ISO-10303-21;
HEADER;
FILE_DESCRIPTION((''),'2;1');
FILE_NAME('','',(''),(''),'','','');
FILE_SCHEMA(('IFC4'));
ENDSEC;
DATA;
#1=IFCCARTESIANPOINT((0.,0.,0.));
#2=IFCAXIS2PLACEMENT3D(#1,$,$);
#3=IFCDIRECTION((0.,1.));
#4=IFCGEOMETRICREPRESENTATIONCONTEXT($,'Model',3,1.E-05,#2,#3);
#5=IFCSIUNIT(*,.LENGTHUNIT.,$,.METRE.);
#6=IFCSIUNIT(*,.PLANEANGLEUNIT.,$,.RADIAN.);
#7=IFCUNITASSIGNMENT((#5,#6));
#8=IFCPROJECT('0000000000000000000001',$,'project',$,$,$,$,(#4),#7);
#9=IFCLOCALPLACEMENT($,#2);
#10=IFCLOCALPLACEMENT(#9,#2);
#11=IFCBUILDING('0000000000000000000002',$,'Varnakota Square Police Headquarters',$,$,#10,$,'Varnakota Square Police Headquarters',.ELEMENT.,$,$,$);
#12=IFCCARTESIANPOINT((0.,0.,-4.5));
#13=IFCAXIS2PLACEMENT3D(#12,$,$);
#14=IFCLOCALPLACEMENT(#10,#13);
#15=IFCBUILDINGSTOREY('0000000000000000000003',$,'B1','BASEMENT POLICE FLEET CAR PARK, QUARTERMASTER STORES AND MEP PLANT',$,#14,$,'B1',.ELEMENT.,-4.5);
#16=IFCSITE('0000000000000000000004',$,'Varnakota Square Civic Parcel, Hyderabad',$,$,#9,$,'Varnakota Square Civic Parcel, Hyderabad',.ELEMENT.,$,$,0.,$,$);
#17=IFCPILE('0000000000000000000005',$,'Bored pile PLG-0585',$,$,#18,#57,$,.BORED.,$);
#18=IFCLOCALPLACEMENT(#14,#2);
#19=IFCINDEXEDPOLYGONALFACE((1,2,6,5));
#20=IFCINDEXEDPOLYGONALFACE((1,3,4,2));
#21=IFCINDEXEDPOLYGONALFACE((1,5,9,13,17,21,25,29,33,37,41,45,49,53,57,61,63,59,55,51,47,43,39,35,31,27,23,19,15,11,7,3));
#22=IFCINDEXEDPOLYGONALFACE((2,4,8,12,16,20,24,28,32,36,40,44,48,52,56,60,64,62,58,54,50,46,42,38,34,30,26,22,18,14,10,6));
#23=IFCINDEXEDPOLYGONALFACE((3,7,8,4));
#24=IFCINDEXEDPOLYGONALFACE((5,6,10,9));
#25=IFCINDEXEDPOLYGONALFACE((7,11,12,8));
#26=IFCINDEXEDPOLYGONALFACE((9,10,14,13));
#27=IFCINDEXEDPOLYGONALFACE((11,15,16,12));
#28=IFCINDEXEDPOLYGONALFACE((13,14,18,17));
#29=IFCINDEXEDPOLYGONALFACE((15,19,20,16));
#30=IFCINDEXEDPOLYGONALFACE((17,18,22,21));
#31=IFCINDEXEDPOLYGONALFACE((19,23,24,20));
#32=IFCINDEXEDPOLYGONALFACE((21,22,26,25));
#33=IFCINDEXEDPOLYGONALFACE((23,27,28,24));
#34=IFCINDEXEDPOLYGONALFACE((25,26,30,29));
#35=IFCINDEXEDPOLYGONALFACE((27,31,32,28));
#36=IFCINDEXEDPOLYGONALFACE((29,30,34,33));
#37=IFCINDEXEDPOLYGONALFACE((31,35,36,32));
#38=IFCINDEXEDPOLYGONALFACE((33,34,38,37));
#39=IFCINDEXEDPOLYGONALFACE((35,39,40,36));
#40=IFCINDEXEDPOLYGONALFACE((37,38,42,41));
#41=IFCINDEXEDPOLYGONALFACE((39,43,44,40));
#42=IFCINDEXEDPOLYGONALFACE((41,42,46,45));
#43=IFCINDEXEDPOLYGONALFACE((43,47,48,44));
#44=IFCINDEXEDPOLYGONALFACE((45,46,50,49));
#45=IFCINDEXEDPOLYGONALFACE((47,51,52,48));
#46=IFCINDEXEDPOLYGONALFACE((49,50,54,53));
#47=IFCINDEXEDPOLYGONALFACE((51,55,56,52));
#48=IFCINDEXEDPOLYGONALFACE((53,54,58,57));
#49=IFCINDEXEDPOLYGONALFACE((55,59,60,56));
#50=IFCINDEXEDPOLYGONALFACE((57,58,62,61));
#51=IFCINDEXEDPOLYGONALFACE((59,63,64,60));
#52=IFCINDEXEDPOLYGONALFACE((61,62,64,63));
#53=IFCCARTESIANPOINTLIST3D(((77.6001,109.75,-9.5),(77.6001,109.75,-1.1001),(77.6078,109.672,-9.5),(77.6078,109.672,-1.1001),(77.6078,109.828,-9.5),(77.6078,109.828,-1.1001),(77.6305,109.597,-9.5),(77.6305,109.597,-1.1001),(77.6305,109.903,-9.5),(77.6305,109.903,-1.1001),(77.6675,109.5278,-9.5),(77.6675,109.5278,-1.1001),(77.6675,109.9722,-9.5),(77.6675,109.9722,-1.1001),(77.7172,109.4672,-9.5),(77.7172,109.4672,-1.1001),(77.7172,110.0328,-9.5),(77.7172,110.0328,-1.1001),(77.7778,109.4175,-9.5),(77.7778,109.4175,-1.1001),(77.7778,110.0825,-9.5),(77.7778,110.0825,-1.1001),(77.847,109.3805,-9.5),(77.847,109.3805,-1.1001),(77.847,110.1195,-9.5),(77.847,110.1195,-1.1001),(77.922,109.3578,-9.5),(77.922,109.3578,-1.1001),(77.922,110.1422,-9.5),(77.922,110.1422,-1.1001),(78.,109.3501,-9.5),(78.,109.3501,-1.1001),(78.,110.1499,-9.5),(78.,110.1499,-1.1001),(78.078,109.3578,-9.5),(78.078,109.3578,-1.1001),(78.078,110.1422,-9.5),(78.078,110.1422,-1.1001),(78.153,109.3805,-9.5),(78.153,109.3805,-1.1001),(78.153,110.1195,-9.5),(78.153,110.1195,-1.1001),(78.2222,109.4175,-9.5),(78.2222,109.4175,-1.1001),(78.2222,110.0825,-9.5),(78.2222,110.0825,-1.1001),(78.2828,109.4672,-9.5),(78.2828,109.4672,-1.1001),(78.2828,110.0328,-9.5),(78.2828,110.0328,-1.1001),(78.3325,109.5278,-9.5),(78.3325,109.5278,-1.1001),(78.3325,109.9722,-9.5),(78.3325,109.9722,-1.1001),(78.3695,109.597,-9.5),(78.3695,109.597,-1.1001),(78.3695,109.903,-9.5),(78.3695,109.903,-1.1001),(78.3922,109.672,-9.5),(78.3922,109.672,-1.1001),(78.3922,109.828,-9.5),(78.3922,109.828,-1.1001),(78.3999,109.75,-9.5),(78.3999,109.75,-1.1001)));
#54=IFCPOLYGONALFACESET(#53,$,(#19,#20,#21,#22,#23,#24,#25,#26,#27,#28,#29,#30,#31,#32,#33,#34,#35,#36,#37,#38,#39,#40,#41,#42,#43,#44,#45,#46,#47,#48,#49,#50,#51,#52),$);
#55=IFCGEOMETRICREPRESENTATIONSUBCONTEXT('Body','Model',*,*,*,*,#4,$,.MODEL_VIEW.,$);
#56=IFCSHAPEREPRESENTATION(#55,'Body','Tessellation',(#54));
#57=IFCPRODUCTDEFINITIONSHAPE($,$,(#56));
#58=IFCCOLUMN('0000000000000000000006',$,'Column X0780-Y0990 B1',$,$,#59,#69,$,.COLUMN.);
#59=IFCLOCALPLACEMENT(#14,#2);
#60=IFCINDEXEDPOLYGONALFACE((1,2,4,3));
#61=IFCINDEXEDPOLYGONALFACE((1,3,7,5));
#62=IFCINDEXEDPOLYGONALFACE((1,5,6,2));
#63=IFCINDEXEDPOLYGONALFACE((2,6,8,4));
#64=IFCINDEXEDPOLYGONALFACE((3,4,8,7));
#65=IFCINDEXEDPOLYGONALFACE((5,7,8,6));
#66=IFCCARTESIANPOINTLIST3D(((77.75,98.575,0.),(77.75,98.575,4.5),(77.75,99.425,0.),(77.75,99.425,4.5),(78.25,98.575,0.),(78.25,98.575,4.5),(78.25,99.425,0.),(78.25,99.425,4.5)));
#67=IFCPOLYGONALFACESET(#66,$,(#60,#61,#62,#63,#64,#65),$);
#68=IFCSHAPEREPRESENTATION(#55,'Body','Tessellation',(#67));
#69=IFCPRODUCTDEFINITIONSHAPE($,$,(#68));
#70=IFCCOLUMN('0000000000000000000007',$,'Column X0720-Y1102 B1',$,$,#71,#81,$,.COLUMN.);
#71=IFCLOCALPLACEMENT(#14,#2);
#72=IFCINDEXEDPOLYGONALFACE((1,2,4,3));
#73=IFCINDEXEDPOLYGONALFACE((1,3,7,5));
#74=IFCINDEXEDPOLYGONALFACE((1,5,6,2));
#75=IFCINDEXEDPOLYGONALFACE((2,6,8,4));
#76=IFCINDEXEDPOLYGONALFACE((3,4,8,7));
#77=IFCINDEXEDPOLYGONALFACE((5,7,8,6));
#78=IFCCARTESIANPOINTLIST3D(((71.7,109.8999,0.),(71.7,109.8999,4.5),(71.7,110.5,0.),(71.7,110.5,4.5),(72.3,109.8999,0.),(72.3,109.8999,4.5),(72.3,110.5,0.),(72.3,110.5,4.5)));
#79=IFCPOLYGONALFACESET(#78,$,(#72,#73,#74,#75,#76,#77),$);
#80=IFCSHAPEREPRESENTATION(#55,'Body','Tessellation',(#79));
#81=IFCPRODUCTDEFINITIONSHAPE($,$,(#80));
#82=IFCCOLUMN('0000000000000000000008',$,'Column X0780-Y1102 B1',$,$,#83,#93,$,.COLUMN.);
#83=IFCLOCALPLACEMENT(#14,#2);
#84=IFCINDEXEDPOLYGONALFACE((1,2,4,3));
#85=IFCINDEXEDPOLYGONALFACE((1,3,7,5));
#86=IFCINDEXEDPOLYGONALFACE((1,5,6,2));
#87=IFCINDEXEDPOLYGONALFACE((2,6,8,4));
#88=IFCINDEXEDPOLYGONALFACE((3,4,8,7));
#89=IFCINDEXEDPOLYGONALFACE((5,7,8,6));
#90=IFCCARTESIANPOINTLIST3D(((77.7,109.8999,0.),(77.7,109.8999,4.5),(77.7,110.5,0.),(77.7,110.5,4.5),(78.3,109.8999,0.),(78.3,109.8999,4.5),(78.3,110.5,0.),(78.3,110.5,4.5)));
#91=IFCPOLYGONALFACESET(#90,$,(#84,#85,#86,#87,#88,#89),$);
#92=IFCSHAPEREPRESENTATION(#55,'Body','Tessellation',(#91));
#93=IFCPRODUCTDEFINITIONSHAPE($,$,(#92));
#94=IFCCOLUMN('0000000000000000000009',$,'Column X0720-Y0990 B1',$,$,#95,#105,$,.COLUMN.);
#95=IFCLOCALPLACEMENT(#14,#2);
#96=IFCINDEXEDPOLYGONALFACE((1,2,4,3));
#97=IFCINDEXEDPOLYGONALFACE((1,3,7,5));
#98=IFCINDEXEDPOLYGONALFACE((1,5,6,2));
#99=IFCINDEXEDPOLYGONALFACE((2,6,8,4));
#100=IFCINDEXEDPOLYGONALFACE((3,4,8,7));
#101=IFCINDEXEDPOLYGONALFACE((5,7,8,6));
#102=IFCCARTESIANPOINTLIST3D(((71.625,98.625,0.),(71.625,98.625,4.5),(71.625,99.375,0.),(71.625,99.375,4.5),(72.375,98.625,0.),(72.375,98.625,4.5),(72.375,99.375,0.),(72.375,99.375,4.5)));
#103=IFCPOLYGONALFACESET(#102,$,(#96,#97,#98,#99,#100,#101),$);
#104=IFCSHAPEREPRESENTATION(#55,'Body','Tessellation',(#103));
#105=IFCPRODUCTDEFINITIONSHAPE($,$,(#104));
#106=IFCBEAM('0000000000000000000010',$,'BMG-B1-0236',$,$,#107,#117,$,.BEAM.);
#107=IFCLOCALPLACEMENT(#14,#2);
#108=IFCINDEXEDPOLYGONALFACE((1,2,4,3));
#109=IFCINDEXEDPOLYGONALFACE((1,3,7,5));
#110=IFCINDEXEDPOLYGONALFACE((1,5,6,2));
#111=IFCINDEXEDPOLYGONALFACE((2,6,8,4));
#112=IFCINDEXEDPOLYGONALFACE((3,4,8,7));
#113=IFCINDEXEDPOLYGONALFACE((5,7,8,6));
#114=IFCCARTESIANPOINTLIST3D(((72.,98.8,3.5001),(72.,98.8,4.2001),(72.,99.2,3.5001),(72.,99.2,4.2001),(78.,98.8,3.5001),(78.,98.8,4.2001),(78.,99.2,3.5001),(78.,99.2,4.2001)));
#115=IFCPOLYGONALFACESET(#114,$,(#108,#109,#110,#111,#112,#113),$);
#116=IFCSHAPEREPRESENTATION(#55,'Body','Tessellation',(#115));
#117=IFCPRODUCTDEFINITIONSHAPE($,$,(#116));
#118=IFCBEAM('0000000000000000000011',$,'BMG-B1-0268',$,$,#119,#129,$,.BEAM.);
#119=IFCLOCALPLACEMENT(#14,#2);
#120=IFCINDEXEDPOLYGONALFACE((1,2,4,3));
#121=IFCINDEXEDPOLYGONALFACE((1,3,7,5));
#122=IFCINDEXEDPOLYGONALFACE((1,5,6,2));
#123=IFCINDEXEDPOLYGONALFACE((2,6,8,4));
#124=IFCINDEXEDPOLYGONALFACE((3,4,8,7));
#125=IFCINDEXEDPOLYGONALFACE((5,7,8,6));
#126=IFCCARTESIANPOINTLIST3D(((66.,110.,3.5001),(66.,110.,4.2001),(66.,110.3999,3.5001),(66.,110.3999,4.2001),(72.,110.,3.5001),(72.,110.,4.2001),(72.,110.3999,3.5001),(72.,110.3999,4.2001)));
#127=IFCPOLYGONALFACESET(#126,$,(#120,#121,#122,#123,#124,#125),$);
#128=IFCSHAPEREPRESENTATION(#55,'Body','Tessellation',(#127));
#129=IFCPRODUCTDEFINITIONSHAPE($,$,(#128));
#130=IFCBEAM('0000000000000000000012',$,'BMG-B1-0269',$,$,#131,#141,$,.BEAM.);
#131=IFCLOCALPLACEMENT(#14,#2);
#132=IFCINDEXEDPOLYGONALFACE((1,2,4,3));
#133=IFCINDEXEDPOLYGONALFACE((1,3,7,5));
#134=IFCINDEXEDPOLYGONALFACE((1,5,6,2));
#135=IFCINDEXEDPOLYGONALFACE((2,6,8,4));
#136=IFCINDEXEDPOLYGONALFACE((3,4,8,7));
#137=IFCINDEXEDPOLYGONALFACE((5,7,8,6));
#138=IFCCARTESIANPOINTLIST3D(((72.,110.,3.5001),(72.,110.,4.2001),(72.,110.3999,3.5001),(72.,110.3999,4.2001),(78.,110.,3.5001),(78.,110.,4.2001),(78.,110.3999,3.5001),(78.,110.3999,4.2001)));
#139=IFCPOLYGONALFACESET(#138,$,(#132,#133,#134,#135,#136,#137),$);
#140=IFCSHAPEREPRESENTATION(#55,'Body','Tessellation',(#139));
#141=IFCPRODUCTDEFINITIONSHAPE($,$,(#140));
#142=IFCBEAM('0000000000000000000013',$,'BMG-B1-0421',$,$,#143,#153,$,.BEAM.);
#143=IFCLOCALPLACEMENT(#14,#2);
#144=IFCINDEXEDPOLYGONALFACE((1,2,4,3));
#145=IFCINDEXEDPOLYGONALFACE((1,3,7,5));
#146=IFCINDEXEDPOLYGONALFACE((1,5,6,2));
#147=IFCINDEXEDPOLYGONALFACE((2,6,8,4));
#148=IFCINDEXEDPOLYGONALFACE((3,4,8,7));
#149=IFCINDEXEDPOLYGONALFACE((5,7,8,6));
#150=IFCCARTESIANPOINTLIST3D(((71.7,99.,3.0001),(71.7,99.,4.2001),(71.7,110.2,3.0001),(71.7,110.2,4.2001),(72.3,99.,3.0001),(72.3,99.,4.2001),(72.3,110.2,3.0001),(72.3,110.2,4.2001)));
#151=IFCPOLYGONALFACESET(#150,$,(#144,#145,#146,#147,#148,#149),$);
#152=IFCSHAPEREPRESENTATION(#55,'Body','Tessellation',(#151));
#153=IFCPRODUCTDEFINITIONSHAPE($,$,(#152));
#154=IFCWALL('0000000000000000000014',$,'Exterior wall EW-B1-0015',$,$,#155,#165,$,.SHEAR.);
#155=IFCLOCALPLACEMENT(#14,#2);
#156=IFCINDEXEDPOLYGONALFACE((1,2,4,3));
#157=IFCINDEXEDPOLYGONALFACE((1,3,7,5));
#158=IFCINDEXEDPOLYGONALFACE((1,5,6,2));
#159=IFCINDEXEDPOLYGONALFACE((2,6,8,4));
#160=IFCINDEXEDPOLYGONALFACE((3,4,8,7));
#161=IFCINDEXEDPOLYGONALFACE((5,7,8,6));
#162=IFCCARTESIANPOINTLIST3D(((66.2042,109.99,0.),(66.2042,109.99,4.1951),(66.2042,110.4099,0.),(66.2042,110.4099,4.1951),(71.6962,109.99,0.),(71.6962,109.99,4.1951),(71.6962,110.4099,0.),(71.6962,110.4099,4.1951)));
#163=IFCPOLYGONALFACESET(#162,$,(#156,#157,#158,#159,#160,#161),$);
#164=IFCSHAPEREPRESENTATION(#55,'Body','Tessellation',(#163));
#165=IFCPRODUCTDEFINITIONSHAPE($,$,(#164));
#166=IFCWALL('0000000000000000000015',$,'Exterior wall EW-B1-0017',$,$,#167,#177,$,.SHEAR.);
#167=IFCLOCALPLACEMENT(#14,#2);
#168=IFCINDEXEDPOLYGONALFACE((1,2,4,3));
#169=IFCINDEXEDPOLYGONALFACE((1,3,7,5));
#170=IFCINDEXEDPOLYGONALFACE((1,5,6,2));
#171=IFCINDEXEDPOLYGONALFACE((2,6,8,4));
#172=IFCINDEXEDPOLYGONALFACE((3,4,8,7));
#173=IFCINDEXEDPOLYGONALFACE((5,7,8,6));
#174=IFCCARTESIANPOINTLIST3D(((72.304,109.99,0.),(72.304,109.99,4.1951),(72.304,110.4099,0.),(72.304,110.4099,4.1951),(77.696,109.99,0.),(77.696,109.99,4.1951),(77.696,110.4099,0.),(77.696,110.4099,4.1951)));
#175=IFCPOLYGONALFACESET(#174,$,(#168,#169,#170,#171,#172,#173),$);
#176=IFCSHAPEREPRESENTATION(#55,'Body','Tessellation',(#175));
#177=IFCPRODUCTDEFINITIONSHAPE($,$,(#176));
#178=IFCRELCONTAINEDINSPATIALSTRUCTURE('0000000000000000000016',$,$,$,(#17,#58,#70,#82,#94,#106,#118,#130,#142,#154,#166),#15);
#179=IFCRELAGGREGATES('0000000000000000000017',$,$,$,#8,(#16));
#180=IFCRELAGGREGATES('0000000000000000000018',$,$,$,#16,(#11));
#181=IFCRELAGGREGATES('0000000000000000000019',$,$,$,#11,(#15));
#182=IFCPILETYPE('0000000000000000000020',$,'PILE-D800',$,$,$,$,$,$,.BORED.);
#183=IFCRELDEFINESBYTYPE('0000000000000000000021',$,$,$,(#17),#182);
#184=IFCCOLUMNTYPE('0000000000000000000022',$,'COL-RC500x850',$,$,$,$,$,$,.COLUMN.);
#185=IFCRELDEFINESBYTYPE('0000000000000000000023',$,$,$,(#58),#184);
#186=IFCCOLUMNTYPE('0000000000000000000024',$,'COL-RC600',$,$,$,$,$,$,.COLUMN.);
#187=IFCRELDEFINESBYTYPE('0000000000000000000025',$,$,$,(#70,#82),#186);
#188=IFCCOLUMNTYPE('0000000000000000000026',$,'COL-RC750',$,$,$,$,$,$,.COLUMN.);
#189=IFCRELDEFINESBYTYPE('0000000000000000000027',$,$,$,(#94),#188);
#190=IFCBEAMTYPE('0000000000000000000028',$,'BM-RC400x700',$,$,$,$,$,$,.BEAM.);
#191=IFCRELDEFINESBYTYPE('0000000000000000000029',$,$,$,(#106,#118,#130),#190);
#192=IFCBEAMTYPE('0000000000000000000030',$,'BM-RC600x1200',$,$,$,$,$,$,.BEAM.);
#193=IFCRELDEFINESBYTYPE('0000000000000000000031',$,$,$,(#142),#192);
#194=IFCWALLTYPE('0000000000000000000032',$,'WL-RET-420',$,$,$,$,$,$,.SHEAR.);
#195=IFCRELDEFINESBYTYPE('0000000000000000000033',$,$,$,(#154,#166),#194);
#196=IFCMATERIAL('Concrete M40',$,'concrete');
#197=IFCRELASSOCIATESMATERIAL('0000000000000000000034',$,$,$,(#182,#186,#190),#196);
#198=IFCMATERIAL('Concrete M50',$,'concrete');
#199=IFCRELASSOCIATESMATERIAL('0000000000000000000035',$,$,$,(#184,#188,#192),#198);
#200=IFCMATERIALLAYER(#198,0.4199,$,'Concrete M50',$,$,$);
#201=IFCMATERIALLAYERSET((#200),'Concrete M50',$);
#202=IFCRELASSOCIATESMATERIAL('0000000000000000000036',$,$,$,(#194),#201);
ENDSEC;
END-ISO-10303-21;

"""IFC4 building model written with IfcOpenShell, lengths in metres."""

from ifc_helpers import new_model, si_unit, direction, frame, frame_2d, origin, origin_2d, place, context, subcontext, project, spatial, rectangle, circle, extrude, material, layer, layer_set, material_profile, profile_set, type_object, element, save


model = new_model("IFC4")

# Units and contexts
model_context = context("Model", 3, precision=1e-05, world=origin(), true_north=direction((0.0, 1.0)))
body_context = subcontext(model_context, "Body", "Model", "MODEL_VIEW")
ifc_project = project(units=[si_unit("LENGTHUNIT", "METRE"), si_unit("PLANEANGLEUNIT", "RADIAN")], contexts=[model_context])

# Site, building, storey
site_placement = place(None, origin())
site = spatial("IfcSite", under=ifc_project, at=site_placement, Name="Varnakota Square Civic Parcel, Hyderabad", LongName="Varnakota Square Civic Parcel, Hyderabad", CompositionType="ELEMENT", RefElevation=0.0)
building_placement = place(site_placement, origin())
building = spatial("IfcBuilding", under=site, at=building_placement, Name="Varnakota Square Police Headquarters", LongName="Varnakota Square Police Headquarters", CompositionType="ELEMENT")
storey_placement = place(building_placement, frame((0.0, 0.0, -4.5)))
storey = spatial("IfcBuildingStorey", under=building, at=storey_placement, Name="B1", Description="BASEMENT POLICE FLEET CAR PARK, QUARTERMASTER STORES AND MEP PLANT", LongName="B1", CompositionType="ELEMENT", Elevation=-4.5)

# Shared definitions
ifc_material_1 = material(Name="Concrete M40", Category="concrete")
ifc_material_2 = material(Name="Concrete M50", Category="concrete")

# Pile
ifc_material_profile_1 = material_profile(ifc_material_1, circle(Radius=0.3999, at=origin_2d()), Name="BORED PILE 800")
ifc_profile_set_1 = profile_set([ifc_material_profile_1], Name="Concrete M40")
pile_type_1 = type_object("IfcPileType", Name="PILE-D800", PredefinedType="BORED", material=ifc_profile_set_1)
for number, where, z_axis, x_axis, name in (
    (1, (78.0, 109.75, -1.1001), (0.0, 0.0, -1.0), (1.0, 0.0, 0.0), "Bored pile PLG-0585"),
):
    element("IfcPile", number, at=place(storey_placement, frame(where, z_axis=z_axis, x_axis=x_axis)), inside=storey, type_object=pile_type_1, Name=name, PredefinedType="BORED", context=body_context, shape_type="SweptSolid", body=[
        extrude(circle(Radius=0.3999, at=origin_2d()), origin(), (0.0, 0.0, 1.0), 8.3999),
    ])

# Columns
ifc_material_profile_2 = material_profile(ifc_material_2, rectangle(XDim=0.5, YDim=0.8501, at=origin_2d()), Name="RC 500x850")
ifc_profile_set_2 = profile_set([ifc_material_profile_2], Name="Concrete M50")
column_type_1 = type_object("IfcColumnType", Name="COL-RC500x850", PredefinedType="COLUMN", material=ifc_profile_set_2)
column_1_placement = place(storey_placement, frame((78.0, 99.0, 0.0), z_axis=(0.0, 0.0, 1.0), x_axis=(1.0, 0.0, 0.0)))
element("IfcColumn", 2, at=column_1_placement, inside=storey, type_object=column_type_1, Name="Column X0780-Y0990 B1", PredefinedType="COLUMN", context=body_context, shape_type="SweptSolid", body=[
    extrude(rectangle(XDim=0.5, YDim=0.8501, at=origin_2d()), origin(), (0.0, 0.0, 1.0), 4.5),
])
ifc_material_profile_3 = material_profile(ifc_material_1, rectangle(XDim=0.6001, YDim=0.6001, at=origin_2d()), Name="RC 600x600")
ifc_profile_set_3 = profile_set([ifc_material_profile_3], Name="Concrete M40")
column_type_2 = type_object("IfcColumnType", Name="COL-RC600", PredefinedType="COLUMN", material=ifc_profile_set_3)
for number, where, z_axis, x_axis, name in (
    (3, (72.0, 110.2, 0.0), (0.0, 0.0, 1.0), (1.0, 0.0, 0.0), "Column X0720-Y1102 B1"),
    (4, (78.0, 110.2, 0.0), (0.0, 0.0, 1.0), (1.0, 0.0, 0.0), "Column X0780-Y1102 B1"),
):
    element("IfcColumn", number, at=place(storey_placement, frame(where, z_axis=z_axis, x_axis=x_axis)), inside=storey, type_object=column_type_2, Name=name, PredefinedType="COLUMN", context=body_context, shape_type="SweptSolid", body=[
        extrude(rectangle(XDim=0.6001, YDim=0.6001, at=origin_2d()), origin(), (0.0, 0.0, 1.0), 4.5),
    ])
ifc_material_profile_4 = material_profile(ifc_material_2, rectangle(XDim=0.75, YDim=0.75, at=origin_2d()), Name="RC 750x750")
ifc_profile_set_4 = profile_set([ifc_material_profile_4], Name="Concrete M50")
column_type_3 = type_object("IfcColumnType", Name="COL-RC750", PredefinedType="COLUMN", material=ifc_profile_set_4)
column_2_placement = place(storey_placement, frame((72.0, 99.0, 0.0), z_axis=(0.0, 0.0, 1.0), x_axis=(1.0, 0.0, 0.0)))
element("IfcColumn", 5, at=column_2_placement, inside=storey, type_object=column_type_3, Name="Column X0720-Y0990 B1", PredefinedType="COLUMN", context=body_context, shape_type="SweptSolid", body=[
    extrude(rectangle(XDim=0.75, YDim=0.75, at=origin_2d()), origin(), (0.0, 0.0, 1.0), 4.5),
])

# Beams
ifc_material_profile_5 = material_profile(ifc_material_1, rectangle(XDim=0.3999, YDim=0.7, at=origin_2d()), Name="RC 400x700")
ifc_profile_set_5 = profile_set([ifc_material_profile_5], Name="Concrete M40")
beam_type_1 = type_object("IfcBeamType", Name="BM-RC400x700", PredefinedType="BEAM", material=ifc_profile_set_5)
for number, where, z_axis, x_axis, name in (
    (6, (72.0, 99.0, 3.8501), (1.0, 0.0, 0.0), (0.0, 1.0, 0.0), "BMG-B1-0236"),
    (7, (66.0, 110.2, 3.8501), (1.0, 0.0, 0.0), (0.0, 1.0, 0.0), "BMG-B1-0268"),
    (8, (72.0, 110.2, 3.8501), (1.0, 0.0, 0.0), (0.0, 1.0, 0.0), "BMG-B1-0269"),
):
    element("IfcBeam", number, at=place(storey_placement, frame(where, z_axis=z_axis, x_axis=x_axis)), inside=storey, type_object=beam_type_1, Name=name, PredefinedType="BEAM", context=body_context, shape_type="SweptSolid", body=[
        extrude(rectangle(XDim=0.3999, YDim=0.7, at=origin_2d()), origin(), (0.0, 0.0, 1.0), 6.0),
    ])
ifc_material_profile_6 = material_profile(ifc_material_2, rectangle(XDim=0.6001, YDim=1.2, at=origin_2d()), Name="RC 600x1200")
ifc_profile_set_6 = profile_set([ifc_material_profile_6], Name="Concrete M50")
beam_type_2 = type_object("IfcBeamType", Name="BM-RC600x1200", PredefinedType="BEAM", material=ifc_profile_set_6)
beam_placement = place(storey_placement, frame((72.0, 99.0, 3.6001), z_axis=(0.0, 1.0, 0.0), x_axis=(-1.0, 0.0, 0.0)))
element("IfcBeam", 9, at=beam_placement, inside=storey, type_object=beam_type_2, Name="BMG-B1-0421", PredefinedType="BEAM", context=body_context, shape_type="SweptSolid", body=[
    extrude(rectangle(XDim=0.6001, YDim=1.2, at=origin_2d()), origin(), (0.0, 0.0, 1.0), 11.2),
])

# Walls
ifc_layer = layer(ifc_material_2, 0.4199, Name="Concrete M50")
ifc_layer_set = layer_set([ifc_layer], Name="Concrete M50")
wall_type = type_object("IfcWallType", Name="WL-RET-420", PredefinedType="SHEAR", material=ifc_layer_set)
wall_1_placement = place(storey_placement, frame((66.2041, 110.2, 0.0), z_axis=(0.0, 0.0, 1.0), x_axis=(1.0, 0.0, 0.0)))
element("IfcWall", 10, at=wall_1_placement, inside=storey, type_object=wall_type, Name="Exterior wall EW-B1-0015", PredefinedType="SHEAR", context=body_context, shape_type="SweptSolid", body=[
    extrude(rectangle(XDim=5.4919, YDim=0.4199, at=frame_2d((2.7461, 0.0))), origin(), (0.0, 0.0, 1.0), 4.1951),
])
wall_2_placement = place(storey_placement, frame((72.304, 110.2, 0.0), z_axis=(0.0, 0.0, 1.0), x_axis=(1.0, 0.0, 0.0)))
element("IfcWall", 11, at=wall_2_placement, inside=storey, type_object=wall_type, Name="Exterior wall EW-B1-0017", PredefinedType="SHEAR", context=body_context, shape_type="SweptSolid", body=[
    extrude(rectangle(XDim=5.3921, YDim=0.4199, at=frame_2d((2.696, 0.0))), origin(), (0.0, 0.0, 1.0), 4.1951),
])

save(model, "model.ifc")
